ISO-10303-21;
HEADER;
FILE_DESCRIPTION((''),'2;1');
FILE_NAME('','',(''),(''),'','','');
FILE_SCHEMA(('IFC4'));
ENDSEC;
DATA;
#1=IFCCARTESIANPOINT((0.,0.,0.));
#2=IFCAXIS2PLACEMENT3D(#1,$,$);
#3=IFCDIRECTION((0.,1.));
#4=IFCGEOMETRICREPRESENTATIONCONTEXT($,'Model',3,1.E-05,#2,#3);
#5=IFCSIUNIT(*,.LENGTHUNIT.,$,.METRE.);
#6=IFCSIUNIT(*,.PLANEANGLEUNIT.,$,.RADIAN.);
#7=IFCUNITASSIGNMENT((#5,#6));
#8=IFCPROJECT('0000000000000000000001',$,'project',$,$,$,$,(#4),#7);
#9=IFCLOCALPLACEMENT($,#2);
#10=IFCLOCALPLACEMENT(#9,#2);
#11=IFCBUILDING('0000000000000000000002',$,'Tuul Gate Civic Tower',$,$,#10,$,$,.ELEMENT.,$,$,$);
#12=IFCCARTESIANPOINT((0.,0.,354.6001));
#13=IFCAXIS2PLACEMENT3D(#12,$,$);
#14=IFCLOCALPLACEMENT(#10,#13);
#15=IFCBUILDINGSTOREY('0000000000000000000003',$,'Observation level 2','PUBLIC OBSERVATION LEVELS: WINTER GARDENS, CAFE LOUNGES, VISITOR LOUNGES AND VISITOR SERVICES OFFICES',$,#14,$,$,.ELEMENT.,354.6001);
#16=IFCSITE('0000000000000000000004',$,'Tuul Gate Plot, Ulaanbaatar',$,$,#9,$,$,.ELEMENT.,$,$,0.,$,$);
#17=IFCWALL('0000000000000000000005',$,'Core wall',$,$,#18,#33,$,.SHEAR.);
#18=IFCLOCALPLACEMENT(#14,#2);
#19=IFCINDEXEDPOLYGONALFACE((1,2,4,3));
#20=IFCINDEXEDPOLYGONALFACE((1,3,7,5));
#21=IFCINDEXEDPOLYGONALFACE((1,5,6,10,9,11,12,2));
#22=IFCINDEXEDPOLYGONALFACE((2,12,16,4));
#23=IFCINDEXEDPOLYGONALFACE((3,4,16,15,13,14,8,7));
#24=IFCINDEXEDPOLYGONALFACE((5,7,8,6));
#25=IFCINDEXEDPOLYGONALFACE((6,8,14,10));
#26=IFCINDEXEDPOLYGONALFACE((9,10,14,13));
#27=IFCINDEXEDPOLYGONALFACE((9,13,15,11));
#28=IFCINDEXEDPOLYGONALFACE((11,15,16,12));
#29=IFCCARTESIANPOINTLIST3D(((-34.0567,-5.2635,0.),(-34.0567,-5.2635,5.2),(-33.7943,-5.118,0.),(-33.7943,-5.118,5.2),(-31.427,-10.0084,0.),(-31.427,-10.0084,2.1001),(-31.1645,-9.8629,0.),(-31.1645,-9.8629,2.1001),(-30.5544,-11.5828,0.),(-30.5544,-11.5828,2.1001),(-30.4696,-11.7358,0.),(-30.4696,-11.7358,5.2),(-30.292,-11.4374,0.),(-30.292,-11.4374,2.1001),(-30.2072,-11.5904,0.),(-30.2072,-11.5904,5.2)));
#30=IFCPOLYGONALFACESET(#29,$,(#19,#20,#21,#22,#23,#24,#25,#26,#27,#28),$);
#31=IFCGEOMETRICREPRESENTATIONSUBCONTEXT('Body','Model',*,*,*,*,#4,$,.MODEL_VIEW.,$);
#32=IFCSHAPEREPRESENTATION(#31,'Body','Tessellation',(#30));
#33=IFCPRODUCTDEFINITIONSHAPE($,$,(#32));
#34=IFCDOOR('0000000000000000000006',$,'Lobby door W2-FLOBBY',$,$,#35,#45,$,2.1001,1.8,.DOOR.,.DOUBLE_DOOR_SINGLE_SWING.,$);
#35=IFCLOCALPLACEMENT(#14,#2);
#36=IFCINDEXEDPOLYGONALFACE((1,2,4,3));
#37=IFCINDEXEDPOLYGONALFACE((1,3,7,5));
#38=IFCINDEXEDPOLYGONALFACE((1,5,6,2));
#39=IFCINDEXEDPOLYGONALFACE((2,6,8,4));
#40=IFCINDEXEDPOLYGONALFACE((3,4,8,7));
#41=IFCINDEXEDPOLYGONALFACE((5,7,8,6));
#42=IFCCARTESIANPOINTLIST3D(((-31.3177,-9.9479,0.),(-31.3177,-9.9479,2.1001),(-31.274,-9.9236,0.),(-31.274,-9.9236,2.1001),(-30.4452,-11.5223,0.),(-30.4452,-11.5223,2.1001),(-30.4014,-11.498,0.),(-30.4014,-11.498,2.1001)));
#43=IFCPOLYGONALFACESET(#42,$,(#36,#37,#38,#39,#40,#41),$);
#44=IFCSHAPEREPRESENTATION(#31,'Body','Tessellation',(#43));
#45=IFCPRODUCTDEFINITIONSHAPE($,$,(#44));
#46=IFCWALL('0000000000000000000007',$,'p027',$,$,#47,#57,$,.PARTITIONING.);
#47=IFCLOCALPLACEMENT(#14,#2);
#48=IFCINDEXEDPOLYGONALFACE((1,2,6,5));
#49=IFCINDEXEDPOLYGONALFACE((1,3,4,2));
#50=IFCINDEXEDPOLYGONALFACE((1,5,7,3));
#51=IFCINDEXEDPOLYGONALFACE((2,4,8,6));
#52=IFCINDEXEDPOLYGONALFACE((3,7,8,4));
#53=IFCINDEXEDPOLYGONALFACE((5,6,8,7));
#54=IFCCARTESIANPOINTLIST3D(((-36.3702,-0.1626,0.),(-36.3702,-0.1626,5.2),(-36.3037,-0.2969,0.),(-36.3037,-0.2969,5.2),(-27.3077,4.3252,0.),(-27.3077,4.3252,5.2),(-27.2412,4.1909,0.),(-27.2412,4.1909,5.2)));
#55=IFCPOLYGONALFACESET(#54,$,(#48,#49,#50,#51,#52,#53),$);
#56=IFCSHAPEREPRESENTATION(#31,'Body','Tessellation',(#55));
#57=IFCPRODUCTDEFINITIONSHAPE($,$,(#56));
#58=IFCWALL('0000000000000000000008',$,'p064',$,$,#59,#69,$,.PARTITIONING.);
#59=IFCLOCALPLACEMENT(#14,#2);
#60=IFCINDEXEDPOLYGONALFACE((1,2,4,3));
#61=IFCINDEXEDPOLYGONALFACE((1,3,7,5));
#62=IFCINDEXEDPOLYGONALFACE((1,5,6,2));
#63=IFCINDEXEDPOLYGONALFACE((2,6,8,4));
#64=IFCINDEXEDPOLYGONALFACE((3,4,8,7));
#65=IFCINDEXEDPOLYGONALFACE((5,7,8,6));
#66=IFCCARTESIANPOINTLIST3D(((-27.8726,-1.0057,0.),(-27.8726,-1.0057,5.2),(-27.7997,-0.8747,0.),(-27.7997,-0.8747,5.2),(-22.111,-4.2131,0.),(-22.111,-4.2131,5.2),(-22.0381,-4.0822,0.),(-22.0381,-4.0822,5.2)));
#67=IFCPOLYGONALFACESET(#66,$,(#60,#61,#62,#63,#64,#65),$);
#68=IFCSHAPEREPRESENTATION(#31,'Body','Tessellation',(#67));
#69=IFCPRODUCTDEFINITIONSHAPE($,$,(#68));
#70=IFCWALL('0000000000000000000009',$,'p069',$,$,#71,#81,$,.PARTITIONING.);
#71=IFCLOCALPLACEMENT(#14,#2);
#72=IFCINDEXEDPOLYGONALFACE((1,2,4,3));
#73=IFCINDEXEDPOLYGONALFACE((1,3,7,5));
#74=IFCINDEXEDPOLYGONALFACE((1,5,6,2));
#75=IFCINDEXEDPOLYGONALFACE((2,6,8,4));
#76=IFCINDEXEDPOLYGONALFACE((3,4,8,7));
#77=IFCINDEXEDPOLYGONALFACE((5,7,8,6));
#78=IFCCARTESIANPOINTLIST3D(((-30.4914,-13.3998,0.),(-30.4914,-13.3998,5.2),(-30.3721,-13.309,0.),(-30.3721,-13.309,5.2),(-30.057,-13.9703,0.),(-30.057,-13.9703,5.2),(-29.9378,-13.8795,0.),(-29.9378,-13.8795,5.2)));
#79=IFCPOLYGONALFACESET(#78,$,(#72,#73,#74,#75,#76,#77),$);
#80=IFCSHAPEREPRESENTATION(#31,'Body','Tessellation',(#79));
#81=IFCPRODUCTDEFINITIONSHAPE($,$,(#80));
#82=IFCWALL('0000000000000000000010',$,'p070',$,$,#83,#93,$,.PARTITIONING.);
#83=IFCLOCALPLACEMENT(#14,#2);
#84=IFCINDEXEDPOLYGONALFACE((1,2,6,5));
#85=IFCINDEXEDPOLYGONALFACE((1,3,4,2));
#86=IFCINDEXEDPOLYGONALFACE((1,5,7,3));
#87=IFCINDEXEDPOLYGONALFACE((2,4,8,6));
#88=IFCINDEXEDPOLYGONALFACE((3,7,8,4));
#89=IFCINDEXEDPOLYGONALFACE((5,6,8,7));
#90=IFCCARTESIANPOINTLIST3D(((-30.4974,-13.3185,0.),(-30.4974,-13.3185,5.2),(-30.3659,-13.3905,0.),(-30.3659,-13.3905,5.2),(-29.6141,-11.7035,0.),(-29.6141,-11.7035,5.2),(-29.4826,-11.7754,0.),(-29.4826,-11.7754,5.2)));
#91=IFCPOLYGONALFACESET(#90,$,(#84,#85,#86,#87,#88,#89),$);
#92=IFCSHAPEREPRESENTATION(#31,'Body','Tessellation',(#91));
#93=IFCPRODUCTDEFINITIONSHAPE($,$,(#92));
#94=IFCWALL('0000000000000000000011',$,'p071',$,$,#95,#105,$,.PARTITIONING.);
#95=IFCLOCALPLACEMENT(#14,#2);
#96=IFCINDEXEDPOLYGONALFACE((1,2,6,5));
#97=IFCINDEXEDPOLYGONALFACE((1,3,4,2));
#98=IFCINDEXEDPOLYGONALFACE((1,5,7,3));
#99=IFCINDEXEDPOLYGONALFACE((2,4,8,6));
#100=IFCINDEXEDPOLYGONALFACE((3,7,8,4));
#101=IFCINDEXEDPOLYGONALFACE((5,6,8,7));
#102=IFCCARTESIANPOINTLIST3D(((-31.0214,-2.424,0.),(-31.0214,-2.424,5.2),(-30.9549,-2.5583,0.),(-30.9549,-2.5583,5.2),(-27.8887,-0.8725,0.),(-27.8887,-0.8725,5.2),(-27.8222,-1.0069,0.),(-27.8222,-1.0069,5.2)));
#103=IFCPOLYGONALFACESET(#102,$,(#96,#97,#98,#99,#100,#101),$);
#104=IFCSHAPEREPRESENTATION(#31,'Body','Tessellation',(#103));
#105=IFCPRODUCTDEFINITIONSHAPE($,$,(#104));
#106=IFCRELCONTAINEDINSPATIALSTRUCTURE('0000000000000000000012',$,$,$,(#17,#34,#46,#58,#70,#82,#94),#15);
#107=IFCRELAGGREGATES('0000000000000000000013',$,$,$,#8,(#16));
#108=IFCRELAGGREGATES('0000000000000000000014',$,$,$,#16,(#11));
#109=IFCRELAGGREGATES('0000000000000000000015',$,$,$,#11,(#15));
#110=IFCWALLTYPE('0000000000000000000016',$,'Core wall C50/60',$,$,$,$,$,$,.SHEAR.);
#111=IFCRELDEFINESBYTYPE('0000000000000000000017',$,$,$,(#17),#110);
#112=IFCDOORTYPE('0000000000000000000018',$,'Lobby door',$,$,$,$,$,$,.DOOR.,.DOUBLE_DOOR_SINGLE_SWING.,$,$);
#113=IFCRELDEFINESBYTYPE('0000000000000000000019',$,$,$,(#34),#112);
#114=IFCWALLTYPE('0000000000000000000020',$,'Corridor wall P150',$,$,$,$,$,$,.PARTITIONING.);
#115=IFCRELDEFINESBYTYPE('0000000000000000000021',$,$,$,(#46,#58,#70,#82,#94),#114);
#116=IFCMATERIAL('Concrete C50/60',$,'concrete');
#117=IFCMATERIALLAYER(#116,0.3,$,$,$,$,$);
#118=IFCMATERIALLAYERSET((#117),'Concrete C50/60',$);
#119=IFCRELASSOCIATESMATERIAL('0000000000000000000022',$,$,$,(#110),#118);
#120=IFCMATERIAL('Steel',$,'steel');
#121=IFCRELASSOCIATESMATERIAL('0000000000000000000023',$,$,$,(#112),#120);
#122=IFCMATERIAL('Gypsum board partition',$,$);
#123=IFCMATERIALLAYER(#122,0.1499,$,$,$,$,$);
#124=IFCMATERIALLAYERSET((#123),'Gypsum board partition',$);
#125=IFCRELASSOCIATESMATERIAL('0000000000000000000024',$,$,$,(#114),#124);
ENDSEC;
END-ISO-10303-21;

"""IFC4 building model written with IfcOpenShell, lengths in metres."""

from ifc_helpers import new_model, si_unit, direction, frame, frame_2d, origin, place, context, subcontext, project, spatial, rectangle, extrude, material, layer, layer_set, type_object, element, fill, save


model = new_model("IFC4")

# Units and contexts
model_context = context("Model", 3, precision=1e-05, world=origin(), true_north=direction((0.0, 1.0)))
body_context = subcontext(model_context, "Body", "Model", "MODEL_VIEW")
ifc_project = project(units=[si_unit("LENGTHUNIT", "METRE"), si_unit("PLANEANGLEUNIT", "RADIAN")], contexts=[model_context])

# Site, building, storey
site_placement = place(None, origin())
site = spatial("IfcSite", under=ifc_project, at=site_placement, Name="Tuul Gate Plot, Ulaanbaatar", CompositionType="ELEMENT", RefElevation=0.0)
building_placement = place(site_placement, origin())
building = spatial("IfcBuilding", under=site, at=building_placement, Name="Tuul Gate Civic Tower", CompositionType="ELEMENT")
storey_placement = place(building_placement, frame((0.0, 0.0, 354.6001)))
storey = spatial("IfcBuildingStorey", under=building, at=storey_placement, Name="Observation level 2", Description="PUBLIC OBSERVATION LEVELS: WINTER GARDENS, CAFE LOUNGES, VISITOR LOUNGES AND VISITOR SERVICES OFFICES", CompositionType="ELEMENT", Elevation=354.6001)

# Shared definitions
ifc_material_1 = material(Name="Concrete C50/60", Category="concrete")
ifc_layer_1 = layer(ifc_material_1, 0.3)
ifc_layer_set_1 = layer_set([ifc_layer_1], Name="Concrete C50/60")
wall_type_1 = type_object("IfcWallType", Name="Core wall C50/60", PredefinedType="SHEAR", material=ifc_layer_set_1)
ifc_material_2 = material(Name="Steel", Category="steel")
door_type_1 = type_object("IfcDoorType", Name="Lobby door", OperationType="DOUBLE_DOOR_SINGLE_SWING", PredefinedType="DOOR", material=ifc_material_2)

# Wall, opening, door
wall_1_placement = place(storey_placement, frame((-30.3384, -11.6631, 0.0), z_axis=(0.0, 0.0, 1.0), x_axis=(-0.484752, 0.874652, 0.0)))
wall_1 = element("IfcWall", 1, at=wall_1_placement, inside=storey, type_object=wall_type_1, Name="Core wall", PredefinedType="SHEAR", context=body_context, shape_type="SweptSolid", body=[
    extrude(rectangle(XDim=7.3999, YDim=0.3, at=frame_2d((3.7, 0.0))), origin(), (0.0, 0.0, 1.0), 5.2),
])
opening_1_placement = place(wall_1_placement, frame((0.175, 0.0, 0.0)))
opening_1 = element("IfcOpeningElement", 2, at=opening_1_placement, cuts=wall_1, PredefinedType="OPENING", context=body_context, shape_type="SweptSolid", body=[
    extrude(rectangle(XDim=1.8, YDim=2.1001, at=frame_2d((0.8999, 1.05))), frame((0.0, 0.1602, 0.0), z_axis=(0.0, -1.0, 0.0), x_axis=(1.0, 0.0, 0.0)), (0.0, 0.0, 1.0), 0.3201),
])
door_1_placement = place(opening_1_placement, frame((1.8, 0.0, 0.0), z_axis=(0.0, 0.0, 1.0), x_axis=(-1.0, 0.0, 0.0)))
door_1 = element("IfcDoor", 3, at=door_1_placement, inside=storey, type_object=door_type_1, Name="Lobby door W2-FLOBBY", OperationType="DOUBLE_DOOR_SINGLE_SWING", OverallHeight=2.1001, OverallWidth=1.8, PredefinedType="DOOR", context=body_context, shape_type="SweptSolid", body=[
    extrude(rectangle(XDim=1.8, YDim=2.1001, at=frame_2d((0.9001, 1.05))), frame((0.0, 0.0249, 0.0), z_axis=(0.0, -1.0, 0.0), x_axis=(1.0, 0.0, 0.0)), (0.0, 0.0, 1.0), 0.05),
])
fill(opening_1, door_1)

# Walls
ifc_material_3 = material(Name="Gypsum board partition")
ifc_layer_2 = layer(ifc_material_3, 0.1499)
ifc_layer_set_2 = layer_set([ifc_layer_2], Name="Gypsum board partition")
wall_type_2 = type_object("IfcWallType", Name="Corridor wall P150", PredefinedType="PARTITIONING", material=ifc_layer_set_2)
wall_2_placement = place(storey_placement, frame((-36.3369, -0.2297, 0.0), z_axis=(0.0, 0.0, 1.0), x_axis=(0.896139, 0.443773, 0.0)))
element("IfcWall", 4, at=wall_2_placement, inside=storey, type_object=wall_type_2, Name="p027", PredefinedType="PARTITIONING", context=body_context, shape_type="SweptSolid", body=[
    extrude(rectangle(XDim=10.1128, YDim=0.1499, at=frame_2d((5.0564, 0.0))), origin(), (0.0, 0.0, 1.0), 5.2),
])
wall_3_placement = place(storey_placement, frame((-27.8362, -0.9402, 0.0), z_axis=(0.0, 0.0, 1.0), x_axis=(0.873734, -0.486403, 0.0)))
element("IfcWall", 5, at=wall_3_placement, inside=storey, type_object=wall_type_2, Name="p064", PredefinedType="PARTITIONING", context=body_context, shape_type="SweptSolid", body=[
    extrude(rectangle(XDim=6.5942, YDim=0.1499, at=frame_2d((3.2971, 0.0))), origin(), (0.0, 0.0, 1.0), 5.2),
])
wall_4_placement = place(storey_placement, frame((-30.4316, -13.3545, 0.0), z_axis=(0.0, 0.0, 1.0), x_axis=(0.605705, -0.79569, 0.0)))
element("IfcWall", 6, at=wall_4_placement, inside=storey, type_object=wall_type_2, Name="p069", PredefinedType="PARTITIONING", context=body_context, shape_type="SweptSolid", body=[
    extrude(rectangle(XDim=0.717, YDim=0.1499, at=frame_2d((0.3584, 0.0))), origin(), (0.0, 0.0, 1.0), 5.2),
])
wall_5_placement = place(storey_placement, frame((-30.4316, -13.3545, 0.0), z_axis=(0.0, 0.0, 1.0), x_axis=(0.479855, 0.877348, 0.0)))
element("IfcWall", 7, at=wall_5_placement, inside=storey, type_object=wall_type_2, Name="p070", PredefinedType="PARTITIONING", context=body_context, shape_type="SweptSolid", body=[
    extrude(rectangle(XDim=1.8408, YDim=0.1499, at=frame_2d((0.9204, 0.0))), origin(), (0.0, 0.0, 1.0), 5.2),
])
wall_6_placement = place(storey_placement, frame((-30.9883, -2.4912, 0.0), z_axis=(0.0, 0.0, 1.0), x_axis=(0.896125, 0.443802, 0.0)))
element("IfcWall", 8, at=wall_6_placement, inside=storey, type_object=wall_type_2, Name="p071", PredefinedType="PARTITIONING", context=body_context, shape_type="SweptSolid", body=[
    extrude(rectangle(XDim=3.4958, YDim=0.1499, at=frame_2d((1.748, 0.0))), origin(), (0.0, 0.0, 1.0), 5.2),
])

save(model, "model.ifc")
